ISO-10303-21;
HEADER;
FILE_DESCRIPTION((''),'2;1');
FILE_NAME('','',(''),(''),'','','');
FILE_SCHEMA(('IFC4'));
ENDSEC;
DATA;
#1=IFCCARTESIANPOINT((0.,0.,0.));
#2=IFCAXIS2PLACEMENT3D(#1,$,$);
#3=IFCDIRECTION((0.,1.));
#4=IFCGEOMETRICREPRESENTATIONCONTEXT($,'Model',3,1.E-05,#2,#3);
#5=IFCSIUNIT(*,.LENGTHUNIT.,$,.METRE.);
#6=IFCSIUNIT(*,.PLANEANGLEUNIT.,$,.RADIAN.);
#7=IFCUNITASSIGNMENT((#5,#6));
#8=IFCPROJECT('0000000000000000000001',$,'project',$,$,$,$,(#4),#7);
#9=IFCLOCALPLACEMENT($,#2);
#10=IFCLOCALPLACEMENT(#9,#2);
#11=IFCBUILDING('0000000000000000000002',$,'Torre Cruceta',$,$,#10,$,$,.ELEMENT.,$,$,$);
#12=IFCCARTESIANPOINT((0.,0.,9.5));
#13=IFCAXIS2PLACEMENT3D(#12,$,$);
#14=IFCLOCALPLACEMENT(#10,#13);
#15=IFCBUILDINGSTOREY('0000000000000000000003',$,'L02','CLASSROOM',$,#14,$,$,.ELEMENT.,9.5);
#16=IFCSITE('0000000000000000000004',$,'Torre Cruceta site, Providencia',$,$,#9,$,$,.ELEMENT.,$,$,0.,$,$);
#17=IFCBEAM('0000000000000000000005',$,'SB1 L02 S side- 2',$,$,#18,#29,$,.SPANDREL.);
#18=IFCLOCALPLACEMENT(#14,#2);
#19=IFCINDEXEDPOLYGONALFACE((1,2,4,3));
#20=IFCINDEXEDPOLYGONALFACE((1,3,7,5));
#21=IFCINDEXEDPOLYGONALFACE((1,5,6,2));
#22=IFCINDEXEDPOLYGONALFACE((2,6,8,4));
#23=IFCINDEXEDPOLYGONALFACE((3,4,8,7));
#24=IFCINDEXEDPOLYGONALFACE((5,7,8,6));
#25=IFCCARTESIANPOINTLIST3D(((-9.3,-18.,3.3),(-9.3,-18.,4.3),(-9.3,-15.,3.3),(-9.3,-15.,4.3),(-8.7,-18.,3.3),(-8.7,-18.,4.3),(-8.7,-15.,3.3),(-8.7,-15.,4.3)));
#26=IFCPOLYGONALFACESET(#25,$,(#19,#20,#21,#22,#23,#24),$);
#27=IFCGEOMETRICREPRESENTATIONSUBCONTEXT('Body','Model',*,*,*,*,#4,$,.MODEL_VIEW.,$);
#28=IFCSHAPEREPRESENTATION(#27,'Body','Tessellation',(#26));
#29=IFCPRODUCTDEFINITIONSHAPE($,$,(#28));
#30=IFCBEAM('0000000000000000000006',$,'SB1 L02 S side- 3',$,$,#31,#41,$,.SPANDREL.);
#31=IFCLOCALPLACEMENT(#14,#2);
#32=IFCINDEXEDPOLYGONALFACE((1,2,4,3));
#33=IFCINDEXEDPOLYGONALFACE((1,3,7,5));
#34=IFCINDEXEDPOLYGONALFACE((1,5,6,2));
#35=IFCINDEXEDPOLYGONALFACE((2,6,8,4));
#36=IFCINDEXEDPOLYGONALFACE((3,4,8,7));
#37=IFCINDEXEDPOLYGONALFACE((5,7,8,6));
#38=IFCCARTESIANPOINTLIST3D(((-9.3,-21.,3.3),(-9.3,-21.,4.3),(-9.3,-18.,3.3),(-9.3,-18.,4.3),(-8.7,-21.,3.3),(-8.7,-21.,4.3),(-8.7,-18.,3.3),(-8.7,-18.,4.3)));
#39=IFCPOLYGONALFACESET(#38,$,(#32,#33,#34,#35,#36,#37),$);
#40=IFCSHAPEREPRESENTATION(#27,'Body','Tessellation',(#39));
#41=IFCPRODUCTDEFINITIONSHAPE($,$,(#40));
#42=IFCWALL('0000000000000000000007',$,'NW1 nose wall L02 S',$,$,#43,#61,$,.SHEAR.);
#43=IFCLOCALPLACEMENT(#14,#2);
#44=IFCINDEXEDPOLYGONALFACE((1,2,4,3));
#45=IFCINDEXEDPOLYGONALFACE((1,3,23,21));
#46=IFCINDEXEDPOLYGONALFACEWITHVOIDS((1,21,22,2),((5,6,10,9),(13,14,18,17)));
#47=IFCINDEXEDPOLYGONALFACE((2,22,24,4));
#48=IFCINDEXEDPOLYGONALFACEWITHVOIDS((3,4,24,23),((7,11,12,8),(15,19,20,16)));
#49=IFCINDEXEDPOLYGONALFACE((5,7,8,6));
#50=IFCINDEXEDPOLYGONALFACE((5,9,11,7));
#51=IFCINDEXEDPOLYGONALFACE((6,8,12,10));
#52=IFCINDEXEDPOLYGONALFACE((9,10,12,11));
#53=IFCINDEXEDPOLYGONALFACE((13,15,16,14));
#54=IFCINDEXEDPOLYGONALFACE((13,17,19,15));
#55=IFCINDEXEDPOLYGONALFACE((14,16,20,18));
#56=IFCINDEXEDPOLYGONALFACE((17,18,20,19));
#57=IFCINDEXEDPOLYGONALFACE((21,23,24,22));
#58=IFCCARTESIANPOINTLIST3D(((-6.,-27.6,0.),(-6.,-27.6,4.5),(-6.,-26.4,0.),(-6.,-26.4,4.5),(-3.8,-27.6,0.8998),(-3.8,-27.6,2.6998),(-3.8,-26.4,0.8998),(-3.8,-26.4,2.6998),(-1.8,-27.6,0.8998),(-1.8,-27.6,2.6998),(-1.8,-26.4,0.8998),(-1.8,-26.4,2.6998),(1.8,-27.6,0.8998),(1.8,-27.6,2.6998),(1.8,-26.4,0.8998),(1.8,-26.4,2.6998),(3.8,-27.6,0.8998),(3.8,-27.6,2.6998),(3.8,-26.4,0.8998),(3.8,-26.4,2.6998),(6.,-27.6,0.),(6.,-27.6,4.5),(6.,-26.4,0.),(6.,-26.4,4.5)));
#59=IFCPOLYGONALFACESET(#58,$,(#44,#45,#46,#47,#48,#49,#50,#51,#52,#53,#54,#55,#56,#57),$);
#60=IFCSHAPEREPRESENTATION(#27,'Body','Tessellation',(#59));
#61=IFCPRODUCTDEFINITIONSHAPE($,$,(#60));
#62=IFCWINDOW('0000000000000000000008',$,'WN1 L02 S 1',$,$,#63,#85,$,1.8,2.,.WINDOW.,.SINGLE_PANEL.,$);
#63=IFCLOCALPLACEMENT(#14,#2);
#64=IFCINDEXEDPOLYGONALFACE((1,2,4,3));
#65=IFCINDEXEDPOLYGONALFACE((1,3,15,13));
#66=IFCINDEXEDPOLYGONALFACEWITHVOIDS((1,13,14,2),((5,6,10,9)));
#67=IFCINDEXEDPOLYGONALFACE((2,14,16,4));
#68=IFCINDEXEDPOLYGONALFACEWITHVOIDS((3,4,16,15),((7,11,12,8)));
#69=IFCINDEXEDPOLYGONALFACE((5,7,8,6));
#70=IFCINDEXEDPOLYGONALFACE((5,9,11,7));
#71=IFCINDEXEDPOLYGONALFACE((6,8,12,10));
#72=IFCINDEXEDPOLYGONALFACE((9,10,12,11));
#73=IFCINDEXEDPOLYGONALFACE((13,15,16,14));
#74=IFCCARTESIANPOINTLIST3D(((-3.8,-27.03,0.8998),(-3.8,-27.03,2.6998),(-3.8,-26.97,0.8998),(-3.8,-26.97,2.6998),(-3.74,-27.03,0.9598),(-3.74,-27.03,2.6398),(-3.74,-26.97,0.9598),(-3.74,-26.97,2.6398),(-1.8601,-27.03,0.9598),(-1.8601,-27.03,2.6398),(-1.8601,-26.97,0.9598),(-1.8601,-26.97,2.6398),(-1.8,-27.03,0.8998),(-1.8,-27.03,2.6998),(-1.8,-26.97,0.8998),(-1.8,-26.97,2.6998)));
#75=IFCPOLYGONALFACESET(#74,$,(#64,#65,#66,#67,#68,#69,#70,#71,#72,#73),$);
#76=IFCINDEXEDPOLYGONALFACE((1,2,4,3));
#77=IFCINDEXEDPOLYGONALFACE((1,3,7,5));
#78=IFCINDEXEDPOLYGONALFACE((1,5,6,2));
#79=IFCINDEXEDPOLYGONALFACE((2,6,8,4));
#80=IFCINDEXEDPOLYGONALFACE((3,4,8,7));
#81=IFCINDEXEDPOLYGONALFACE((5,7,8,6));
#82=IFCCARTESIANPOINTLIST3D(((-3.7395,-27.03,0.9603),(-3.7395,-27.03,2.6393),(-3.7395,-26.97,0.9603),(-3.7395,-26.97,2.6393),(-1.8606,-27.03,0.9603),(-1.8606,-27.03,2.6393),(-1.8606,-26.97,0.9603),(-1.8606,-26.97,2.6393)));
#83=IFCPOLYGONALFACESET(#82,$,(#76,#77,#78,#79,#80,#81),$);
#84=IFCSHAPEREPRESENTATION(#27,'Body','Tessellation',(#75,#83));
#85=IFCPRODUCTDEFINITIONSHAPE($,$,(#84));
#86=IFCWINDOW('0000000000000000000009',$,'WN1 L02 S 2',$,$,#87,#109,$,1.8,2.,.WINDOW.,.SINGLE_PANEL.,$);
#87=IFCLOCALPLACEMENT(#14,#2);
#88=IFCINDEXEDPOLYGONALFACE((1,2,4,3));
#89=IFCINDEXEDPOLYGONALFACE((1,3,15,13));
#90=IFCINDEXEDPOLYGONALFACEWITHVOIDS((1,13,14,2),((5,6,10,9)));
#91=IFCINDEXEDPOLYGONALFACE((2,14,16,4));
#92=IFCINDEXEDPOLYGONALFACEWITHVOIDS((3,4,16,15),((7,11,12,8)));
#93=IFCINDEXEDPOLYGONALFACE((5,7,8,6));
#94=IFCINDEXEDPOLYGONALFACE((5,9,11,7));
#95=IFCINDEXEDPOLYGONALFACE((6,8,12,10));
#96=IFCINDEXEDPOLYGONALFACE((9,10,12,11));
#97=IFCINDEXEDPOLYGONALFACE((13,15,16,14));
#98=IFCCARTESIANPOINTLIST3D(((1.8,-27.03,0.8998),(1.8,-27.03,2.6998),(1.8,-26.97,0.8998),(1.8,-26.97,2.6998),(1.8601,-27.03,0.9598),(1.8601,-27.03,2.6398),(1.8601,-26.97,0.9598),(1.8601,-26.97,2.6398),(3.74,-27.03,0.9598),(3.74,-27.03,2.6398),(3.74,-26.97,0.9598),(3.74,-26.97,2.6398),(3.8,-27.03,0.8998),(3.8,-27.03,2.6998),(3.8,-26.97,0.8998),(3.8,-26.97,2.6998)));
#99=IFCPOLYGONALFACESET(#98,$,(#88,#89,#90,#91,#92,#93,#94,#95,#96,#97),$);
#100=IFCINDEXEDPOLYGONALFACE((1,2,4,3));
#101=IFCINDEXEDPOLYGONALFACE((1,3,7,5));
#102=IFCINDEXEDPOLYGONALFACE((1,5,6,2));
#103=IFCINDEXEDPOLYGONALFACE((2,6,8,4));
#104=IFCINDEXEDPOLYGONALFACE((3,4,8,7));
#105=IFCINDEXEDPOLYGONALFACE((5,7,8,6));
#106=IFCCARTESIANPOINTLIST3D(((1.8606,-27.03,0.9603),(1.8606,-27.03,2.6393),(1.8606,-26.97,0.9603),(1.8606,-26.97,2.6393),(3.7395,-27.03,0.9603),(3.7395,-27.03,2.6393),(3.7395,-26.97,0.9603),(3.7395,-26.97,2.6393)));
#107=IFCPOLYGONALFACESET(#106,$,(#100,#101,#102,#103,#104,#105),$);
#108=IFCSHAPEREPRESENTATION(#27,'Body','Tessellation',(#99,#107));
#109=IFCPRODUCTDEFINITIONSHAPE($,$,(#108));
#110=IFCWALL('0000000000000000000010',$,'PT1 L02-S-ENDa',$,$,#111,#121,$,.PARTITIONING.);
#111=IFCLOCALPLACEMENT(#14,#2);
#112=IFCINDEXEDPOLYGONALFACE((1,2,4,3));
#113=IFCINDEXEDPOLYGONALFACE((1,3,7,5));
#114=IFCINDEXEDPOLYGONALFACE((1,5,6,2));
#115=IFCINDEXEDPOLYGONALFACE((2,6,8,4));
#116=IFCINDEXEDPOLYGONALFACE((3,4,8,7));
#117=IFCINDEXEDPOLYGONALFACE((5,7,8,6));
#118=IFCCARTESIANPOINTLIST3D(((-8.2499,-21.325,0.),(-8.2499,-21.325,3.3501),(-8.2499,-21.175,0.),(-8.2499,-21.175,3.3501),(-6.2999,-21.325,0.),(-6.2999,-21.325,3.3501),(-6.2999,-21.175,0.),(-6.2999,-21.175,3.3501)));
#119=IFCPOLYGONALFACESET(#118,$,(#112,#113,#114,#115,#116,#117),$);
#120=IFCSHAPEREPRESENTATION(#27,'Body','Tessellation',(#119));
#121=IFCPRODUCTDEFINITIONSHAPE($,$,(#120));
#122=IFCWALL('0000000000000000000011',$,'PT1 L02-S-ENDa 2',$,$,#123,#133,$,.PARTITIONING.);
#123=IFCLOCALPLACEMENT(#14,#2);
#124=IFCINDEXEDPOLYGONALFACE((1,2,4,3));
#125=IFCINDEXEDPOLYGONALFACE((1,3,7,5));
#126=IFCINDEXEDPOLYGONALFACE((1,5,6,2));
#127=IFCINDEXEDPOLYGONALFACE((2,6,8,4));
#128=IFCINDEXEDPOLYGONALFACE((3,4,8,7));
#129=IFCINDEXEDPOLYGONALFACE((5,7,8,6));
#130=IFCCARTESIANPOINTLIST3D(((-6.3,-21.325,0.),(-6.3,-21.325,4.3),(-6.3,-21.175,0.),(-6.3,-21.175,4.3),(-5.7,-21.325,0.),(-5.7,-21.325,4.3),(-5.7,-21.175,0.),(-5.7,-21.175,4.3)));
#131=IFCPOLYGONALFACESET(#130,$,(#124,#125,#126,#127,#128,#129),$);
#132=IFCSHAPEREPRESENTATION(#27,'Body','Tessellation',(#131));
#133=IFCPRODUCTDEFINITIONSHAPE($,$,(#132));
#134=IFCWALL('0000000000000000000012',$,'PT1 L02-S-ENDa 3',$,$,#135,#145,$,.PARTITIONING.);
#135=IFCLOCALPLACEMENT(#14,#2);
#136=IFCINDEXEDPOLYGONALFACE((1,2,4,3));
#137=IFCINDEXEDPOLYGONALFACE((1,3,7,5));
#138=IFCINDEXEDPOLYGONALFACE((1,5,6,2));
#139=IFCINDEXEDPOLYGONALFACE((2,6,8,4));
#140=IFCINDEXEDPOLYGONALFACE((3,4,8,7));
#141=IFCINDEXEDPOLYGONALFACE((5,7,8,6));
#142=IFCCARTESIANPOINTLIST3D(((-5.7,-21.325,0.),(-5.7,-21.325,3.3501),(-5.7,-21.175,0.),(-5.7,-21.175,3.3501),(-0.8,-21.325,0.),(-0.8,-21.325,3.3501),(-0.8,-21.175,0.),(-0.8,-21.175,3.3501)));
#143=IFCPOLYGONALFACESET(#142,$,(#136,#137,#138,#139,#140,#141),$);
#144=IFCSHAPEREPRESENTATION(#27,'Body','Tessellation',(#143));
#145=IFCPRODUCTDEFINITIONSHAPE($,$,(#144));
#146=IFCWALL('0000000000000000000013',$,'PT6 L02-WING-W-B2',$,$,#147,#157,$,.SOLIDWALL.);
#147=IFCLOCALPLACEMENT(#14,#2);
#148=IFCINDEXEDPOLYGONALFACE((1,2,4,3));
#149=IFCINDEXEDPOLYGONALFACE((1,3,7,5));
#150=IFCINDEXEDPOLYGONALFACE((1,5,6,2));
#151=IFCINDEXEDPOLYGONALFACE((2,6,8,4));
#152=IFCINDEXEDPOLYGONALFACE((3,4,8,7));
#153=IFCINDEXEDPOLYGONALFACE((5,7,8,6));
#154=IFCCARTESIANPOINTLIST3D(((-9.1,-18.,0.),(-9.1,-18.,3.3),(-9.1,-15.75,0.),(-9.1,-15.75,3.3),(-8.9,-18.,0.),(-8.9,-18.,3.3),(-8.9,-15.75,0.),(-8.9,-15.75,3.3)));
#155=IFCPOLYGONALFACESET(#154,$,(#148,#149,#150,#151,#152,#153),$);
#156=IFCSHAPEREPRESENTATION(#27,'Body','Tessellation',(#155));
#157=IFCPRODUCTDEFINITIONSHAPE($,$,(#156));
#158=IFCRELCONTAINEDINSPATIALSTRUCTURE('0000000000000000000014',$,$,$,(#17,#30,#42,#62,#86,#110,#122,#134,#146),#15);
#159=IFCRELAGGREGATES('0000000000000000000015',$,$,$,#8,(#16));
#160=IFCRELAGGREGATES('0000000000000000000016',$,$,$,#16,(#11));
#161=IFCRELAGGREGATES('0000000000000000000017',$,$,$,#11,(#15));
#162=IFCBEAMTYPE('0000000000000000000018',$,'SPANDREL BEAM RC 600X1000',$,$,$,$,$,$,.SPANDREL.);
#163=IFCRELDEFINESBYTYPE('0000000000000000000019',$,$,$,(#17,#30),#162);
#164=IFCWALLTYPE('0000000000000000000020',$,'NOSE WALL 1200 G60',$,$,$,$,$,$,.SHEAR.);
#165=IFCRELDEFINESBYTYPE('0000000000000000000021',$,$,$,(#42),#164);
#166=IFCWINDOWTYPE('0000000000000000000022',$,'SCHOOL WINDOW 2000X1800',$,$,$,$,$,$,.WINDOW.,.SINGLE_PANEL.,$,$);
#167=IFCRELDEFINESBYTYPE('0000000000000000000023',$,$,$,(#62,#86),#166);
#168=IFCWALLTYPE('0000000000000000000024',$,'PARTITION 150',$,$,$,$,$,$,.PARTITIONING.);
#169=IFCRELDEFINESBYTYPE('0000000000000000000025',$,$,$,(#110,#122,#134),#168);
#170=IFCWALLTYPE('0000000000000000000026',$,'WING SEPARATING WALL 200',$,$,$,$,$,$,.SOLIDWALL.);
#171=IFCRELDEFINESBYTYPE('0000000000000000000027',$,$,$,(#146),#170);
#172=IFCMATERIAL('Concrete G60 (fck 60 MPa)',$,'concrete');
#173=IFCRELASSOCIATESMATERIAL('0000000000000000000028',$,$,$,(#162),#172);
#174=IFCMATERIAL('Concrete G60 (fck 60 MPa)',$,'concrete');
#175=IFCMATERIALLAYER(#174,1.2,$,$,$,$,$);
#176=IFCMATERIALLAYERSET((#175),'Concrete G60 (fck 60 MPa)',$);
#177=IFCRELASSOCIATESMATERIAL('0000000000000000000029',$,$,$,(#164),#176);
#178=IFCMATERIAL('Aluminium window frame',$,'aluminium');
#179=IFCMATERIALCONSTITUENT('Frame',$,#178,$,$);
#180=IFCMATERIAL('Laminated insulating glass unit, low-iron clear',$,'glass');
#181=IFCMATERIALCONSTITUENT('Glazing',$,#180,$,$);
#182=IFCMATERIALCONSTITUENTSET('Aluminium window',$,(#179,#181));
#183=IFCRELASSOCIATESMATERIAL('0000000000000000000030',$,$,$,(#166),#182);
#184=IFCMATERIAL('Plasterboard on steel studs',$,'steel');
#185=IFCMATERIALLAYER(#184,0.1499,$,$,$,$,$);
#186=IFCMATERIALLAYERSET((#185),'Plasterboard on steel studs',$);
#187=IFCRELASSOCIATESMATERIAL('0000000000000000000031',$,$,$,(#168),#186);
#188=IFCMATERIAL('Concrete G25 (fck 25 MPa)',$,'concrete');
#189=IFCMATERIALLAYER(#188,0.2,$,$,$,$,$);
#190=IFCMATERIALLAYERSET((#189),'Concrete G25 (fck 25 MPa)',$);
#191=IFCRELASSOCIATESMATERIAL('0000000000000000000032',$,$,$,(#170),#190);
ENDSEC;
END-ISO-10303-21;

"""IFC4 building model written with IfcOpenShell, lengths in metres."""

from ifc_helpers import new_model, si_unit, direction, frame, frame_2d, origin, origin_2d, place, context, subcontext, project, spatial, rectangle, hollow_rectangle, extrude, material, layer, layer_set, constituent, constituent_set, material_profile, profile_set, type_object, element, fill, save


model = new_model("IFC4")

# Units and contexts
model_context = context("Model", 3, precision=1e-05, world=origin(), true_north=direction((0.0, 1.0)))
body_context = subcontext(model_context, "Body", "Model", "MODEL_VIEW")
ifc_project = project(units=[si_unit("LENGTHUNIT", "METRE"), si_unit("PLANEANGLEUNIT", "RADIAN")], contexts=[model_context])

# Site, building, storey
site_placement = place(None, origin())
site = spatial("IfcSite", under=ifc_project, at=site_placement, Name="Torre Cruceta site, Providencia", CompositionType="ELEMENT", RefElevation=0.0)
building_placement = place(site_placement, origin())
building = spatial("IfcBuilding", under=site, at=building_placement, Name="Torre Cruceta", CompositionType="ELEMENT")
storey_placement = place(building_placement, frame((0.0, 0.0, 9.5)))
storey = spatial("IfcBuildingStorey", under=building, at=storey_placement, Name="L02", Description="CLASSROOM", CompositionType="ELEMENT", Elevation=9.5)

# Beams
ifc_material_1 = material(Name="Concrete G60 (fck 60 MPa)", Category="concrete")
ifc_material_profile_1 = material_profile(ifc_material_1, rectangle(XDim=0.6001, YDim=1.0, at=origin_2d()), Name="RC 600X1000")
ifc_profile_set_1 = profile_set([ifc_material_profile_1], Name="Concrete G60 (fck 60 MPa)")
beam_type_1 = type_object("IfcBeamType", Name="SPANDREL BEAM RC 600X1000", PredefinedType="SPANDREL", material=ifc_profile_set_1)
for number, where, z_axis, x_axis, name in (
    (1, (-9.0, -15.0, 3.8), (0.0, -1.0, 0.0), (1.0, 0.0, 0.0), "SB1 L02 S side- 2"),
    (2, (-9.0, -18.0, 3.8), (0.0, -1.0, 0.0), (1.0, 0.0, 0.0), "SB1 L02 S side- 3"),
):
    element("IfcBeam", number, at=place(storey_placement, frame(where, z_axis=z_axis, x_axis=x_axis)), inside=storey, type_object=beam_type_1, Name=name, PredefinedType="SPANDREL", context=body_context, shape_type="SweptSolid", body=[
        extrude(rectangle(XDim=0.6001, YDim=1.0, at=origin_2d()), origin(), (0.0, 0.0, 1.0), 3.0),
    ])

# Wall, openings, windows
ifc_material_2 = material(Name="Concrete G60 (fck 60 MPa)", Category="concrete")
ifc_layer_1 = layer(ifc_material_2, 1.2)
ifc_layer_set_1 = layer_set([ifc_layer_1], Name="Concrete G60 (fck 60 MPa)")
wall_type_1 = type_object("IfcWallType", Name="NOSE WALL 1200 G60", PredefinedType="SHEAR", material=ifc_layer_set_1)
wall_1_placement = place(storey_placement, frame((-6.0, -27.0, 0.0), z_axis=(0.0, 0.0, 1.0), x_axis=(1.0, 0.0, 0.0)))
wall_1 = element("IfcWall", 3, at=wall_1_placement, inside=storey, type_object=wall_type_1, Name="NW1 nose wall L02 S", PredefinedType="SHEAR", context=body_context, shape_type="SweptSolid", body=[
    extrude(rectangle(XDim=12.0, YDim=1.2, at=frame_2d((6.0, 0.0))), origin(), (0.0, 0.0, 1.0), 4.5),
])
opening_1_placement = place(wall_1_placement, frame((2.2, 0.0, 0.8999)))
opening_1 = element("IfcOpeningElement", 4, at=opening_1_placement, cuts=wall_1, PredefinedType="OPENING", context=body_context, shape_type="SweptSolid", body=[
    extrude(rectangle(XDim=2.0, YDim=1.8, at=frame_2d((1.0, 0.8999))), frame((0.0, 0.6099, 0.0), z_axis=(0.0, -1.0, 0.0), x_axis=(1.0, 0.0, 0.0)), (0.0, 0.0, 1.0), 1.22),
])
opening_2_placement = place(wall_1_placement, frame((7.8, 0.0, 0.8999)))
opening_2 = element("IfcOpeningElement", 5, at=opening_2_placement, cuts=wall_1, PredefinedType="OPENING", context=body_context, shape_type="SweptSolid", body=[
    extrude(rectangle(XDim=2.0, YDim=1.8, at=frame_2d((1.0, 0.8999))), frame((0.0, 0.6099, 0.0), z_axis=(0.0, -1.0, 0.0), x_axis=(1.0, 0.0, 0.0)), (0.0, 0.0, 1.0), 1.22),
])
ifc_material_3 = material(Name="Aluminium window frame", Category="aluminium")
ifc_constituent_1 = constituent(ifc_material_3, Name="Frame")
ifc_material_4 = material(Name="Laminated insulating glass unit, low-iron clear", Category="glass")
ifc_constituent_2 = constituent(ifc_material_4, Name="Glazing")
ifc_constituent_set = constituent_set(constituents=[ifc_constituent_1, ifc_constituent_2], Name="Aluminium window")
window_type = type_object("IfcWindowType", Name="SCHOOL WINDOW 2000X1800", PartitioningType="SINGLE_PANEL", PredefinedType="WINDOW", material=ifc_constituent_set)
window_1_placement = place(opening_1_placement, origin())
window_1 = element("IfcWindow", 6, at=window_1_placement, inside=storey, type_object=window_type, Name="WN1 L02 S 1", OverallHeight=1.8, OverallWidth=2.0, PartitioningType="SINGLE_PANEL", PredefinedType="WINDOW", context=body_context, shape_type="SweptSolid", body=[
    extrude(hollow_rectangle(XDim=2.0, YDim=1.8, WallThickness=0.0601, at=frame_2d((1.0, 0.8999))), frame((0.0, 0.03, 0.0), z_axis=(0.0, -1.0, 0.0), x_axis=(1.0, 0.0, 0.0)), (0.0, 0.0, 1.0), 0.0601),
    extrude(rectangle(XDim=1.8789, YDim=1.679, at=frame_2d((1.0, 0.8999))), frame((0.0, 0.03, 0.0), z_axis=(0.0, -1.0, 0.0), x_axis=(1.0, 0.0, 0.0)), (0.0, 0.0, 1.0), 0.0601),
])
fill(opening_1, window_1)
window_2_placement = place(opening_2_placement, origin())
window_2 = element("IfcWindow", 7, at=window_2_placement, inside=storey, type_object=window_type, Name="WN1 L02 S 2", OverallHeight=1.8, OverallWidth=2.0, PartitioningType="SINGLE_PANEL", PredefinedType="WINDOW", context=body_context, shape_type="SweptSolid", body=[
    extrude(hollow_rectangle(XDim=2.0, YDim=1.8, WallThickness=0.0601, at=frame_2d((1.0, 0.8999))), frame((0.0, 0.03, 0.0), z_axis=(0.0, -1.0, 0.0), x_axis=(1.0, 0.0, 0.0)), (0.0, 0.0, 1.0), 0.0601),
    extrude(rectangle(XDim=1.8789, YDim=1.679, at=frame_2d((1.0, 0.8999))), frame((0.0, 0.03, 0.0), z_axis=(0.0, -1.0, 0.0), x_axis=(1.0, 0.0, 0.0)), (0.0, 0.0, 1.0), 0.0601),
])
fill(opening_2, window_2)

# Walls
ifc_material_5 = material(Name="Plasterboard on steel studs", Category="steel")
ifc_layer_2 = layer(ifc_material_5, 0.1499)
ifc_layer_set_2 = layer_set([ifc_layer_2], Name="Plasterboard on steel studs")
wall_type_2 = type_object("IfcWallType", Name="PARTITION 150", PredefinedType="PARTITIONING", material=ifc_layer_set_2)
wall_2_placement = place(storey_placement, frame((-8.25, -21.25, 0.0), z_axis=(0.0, 0.0, 1.0), x_axis=(1.0, 0.0, 0.0)))
element("IfcWall", 8, at=wall_2_placement, inside=storey, type_object=wall_type_2, Name="PT1 L02-S-ENDa", PredefinedType="PARTITIONING", context=body_context, shape_type="SweptSolid", body=[
    extrude(rectangle(XDim=1.95, YDim=0.1499, at=frame_2d((0.9751, 0.0))), origin(), (0.0, 0.0, 1.0), 3.3501),
])
wall_3_placement = place(storey_placement, frame((-6.3, -21.25, 0.0), z_axis=(0.0, 0.0, 1.0), x_axis=(1.0, 0.0, 0.0)))
element("IfcWall", 9, at=wall_3_placement, inside=storey, type_object=wall_type_2, Name="PT1 L02-S-ENDa 2", PredefinedType="PARTITIONING", context=body_context, shape_type="SweptSolid", body=[
    extrude(rectangle(XDim=0.6001, YDim=0.1499, at=frame_2d((0.3, 0.0))), origin(), (0.0, 0.0, 1.0), 4.3),
])
wall_4_placement = place(storey_placement, frame((-5.7, -21.25, 0.0), z_axis=(0.0, 0.0, 1.0), x_axis=(1.0, 0.0, 0.0)))
element("IfcWall", 10, at=wall_4_placement, inside=storey, type_object=wall_type_2, Name="PT1 L02-S-ENDa 3", PredefinedType="PARTITIONING", context=body_context, shape_type="SweptSolid", body=[
    extrude(rectangle(XDim=4.8999, YDim=0.1499, at=frame_2d((2.45, 0.0))), origin(), (0.0, 0.0, 1.0), 3.3501),
])
ifc_material_6 = material(Name="Concrete G25 (fck 25 MPa)", Category="concrete")
ifc_layer_3 = layer(ifc_material_6, 0.2)
ifc_layer_set_3 = layer_set([ifc_layer_3], Name="Concrete G25 (fck 25 MPa)")
wall_type_3 = type_object("IfcWallType", Name="WING SEPARATING WALL 200", PredefinedType="SOLIDWALL", material=ifc_layer_set_3)
wall_5_placement = place(storey_placement, frame((-9.0, -18.0, 0.0), z_axis=(0.0, 0.0, 1.0), x_axis=(0.0, 1.0, 0.0)))
element("IfcWall", 11, at=wall_5_placement, inside=storey, type_object=wall_type_3, Name="PT6 L02-WING-W-B2", PredefinedType="SOLIDWALL", context=body_context, shape_type="SweptSolid", body=[
    extrude(rectangle(XDim=2.25, YDim=0.2, at=frame_2d((1.125, 0.0))), origin(), (0.0, 0.0, 1.0), 3.3),
])

save(model, "model.ifc")
